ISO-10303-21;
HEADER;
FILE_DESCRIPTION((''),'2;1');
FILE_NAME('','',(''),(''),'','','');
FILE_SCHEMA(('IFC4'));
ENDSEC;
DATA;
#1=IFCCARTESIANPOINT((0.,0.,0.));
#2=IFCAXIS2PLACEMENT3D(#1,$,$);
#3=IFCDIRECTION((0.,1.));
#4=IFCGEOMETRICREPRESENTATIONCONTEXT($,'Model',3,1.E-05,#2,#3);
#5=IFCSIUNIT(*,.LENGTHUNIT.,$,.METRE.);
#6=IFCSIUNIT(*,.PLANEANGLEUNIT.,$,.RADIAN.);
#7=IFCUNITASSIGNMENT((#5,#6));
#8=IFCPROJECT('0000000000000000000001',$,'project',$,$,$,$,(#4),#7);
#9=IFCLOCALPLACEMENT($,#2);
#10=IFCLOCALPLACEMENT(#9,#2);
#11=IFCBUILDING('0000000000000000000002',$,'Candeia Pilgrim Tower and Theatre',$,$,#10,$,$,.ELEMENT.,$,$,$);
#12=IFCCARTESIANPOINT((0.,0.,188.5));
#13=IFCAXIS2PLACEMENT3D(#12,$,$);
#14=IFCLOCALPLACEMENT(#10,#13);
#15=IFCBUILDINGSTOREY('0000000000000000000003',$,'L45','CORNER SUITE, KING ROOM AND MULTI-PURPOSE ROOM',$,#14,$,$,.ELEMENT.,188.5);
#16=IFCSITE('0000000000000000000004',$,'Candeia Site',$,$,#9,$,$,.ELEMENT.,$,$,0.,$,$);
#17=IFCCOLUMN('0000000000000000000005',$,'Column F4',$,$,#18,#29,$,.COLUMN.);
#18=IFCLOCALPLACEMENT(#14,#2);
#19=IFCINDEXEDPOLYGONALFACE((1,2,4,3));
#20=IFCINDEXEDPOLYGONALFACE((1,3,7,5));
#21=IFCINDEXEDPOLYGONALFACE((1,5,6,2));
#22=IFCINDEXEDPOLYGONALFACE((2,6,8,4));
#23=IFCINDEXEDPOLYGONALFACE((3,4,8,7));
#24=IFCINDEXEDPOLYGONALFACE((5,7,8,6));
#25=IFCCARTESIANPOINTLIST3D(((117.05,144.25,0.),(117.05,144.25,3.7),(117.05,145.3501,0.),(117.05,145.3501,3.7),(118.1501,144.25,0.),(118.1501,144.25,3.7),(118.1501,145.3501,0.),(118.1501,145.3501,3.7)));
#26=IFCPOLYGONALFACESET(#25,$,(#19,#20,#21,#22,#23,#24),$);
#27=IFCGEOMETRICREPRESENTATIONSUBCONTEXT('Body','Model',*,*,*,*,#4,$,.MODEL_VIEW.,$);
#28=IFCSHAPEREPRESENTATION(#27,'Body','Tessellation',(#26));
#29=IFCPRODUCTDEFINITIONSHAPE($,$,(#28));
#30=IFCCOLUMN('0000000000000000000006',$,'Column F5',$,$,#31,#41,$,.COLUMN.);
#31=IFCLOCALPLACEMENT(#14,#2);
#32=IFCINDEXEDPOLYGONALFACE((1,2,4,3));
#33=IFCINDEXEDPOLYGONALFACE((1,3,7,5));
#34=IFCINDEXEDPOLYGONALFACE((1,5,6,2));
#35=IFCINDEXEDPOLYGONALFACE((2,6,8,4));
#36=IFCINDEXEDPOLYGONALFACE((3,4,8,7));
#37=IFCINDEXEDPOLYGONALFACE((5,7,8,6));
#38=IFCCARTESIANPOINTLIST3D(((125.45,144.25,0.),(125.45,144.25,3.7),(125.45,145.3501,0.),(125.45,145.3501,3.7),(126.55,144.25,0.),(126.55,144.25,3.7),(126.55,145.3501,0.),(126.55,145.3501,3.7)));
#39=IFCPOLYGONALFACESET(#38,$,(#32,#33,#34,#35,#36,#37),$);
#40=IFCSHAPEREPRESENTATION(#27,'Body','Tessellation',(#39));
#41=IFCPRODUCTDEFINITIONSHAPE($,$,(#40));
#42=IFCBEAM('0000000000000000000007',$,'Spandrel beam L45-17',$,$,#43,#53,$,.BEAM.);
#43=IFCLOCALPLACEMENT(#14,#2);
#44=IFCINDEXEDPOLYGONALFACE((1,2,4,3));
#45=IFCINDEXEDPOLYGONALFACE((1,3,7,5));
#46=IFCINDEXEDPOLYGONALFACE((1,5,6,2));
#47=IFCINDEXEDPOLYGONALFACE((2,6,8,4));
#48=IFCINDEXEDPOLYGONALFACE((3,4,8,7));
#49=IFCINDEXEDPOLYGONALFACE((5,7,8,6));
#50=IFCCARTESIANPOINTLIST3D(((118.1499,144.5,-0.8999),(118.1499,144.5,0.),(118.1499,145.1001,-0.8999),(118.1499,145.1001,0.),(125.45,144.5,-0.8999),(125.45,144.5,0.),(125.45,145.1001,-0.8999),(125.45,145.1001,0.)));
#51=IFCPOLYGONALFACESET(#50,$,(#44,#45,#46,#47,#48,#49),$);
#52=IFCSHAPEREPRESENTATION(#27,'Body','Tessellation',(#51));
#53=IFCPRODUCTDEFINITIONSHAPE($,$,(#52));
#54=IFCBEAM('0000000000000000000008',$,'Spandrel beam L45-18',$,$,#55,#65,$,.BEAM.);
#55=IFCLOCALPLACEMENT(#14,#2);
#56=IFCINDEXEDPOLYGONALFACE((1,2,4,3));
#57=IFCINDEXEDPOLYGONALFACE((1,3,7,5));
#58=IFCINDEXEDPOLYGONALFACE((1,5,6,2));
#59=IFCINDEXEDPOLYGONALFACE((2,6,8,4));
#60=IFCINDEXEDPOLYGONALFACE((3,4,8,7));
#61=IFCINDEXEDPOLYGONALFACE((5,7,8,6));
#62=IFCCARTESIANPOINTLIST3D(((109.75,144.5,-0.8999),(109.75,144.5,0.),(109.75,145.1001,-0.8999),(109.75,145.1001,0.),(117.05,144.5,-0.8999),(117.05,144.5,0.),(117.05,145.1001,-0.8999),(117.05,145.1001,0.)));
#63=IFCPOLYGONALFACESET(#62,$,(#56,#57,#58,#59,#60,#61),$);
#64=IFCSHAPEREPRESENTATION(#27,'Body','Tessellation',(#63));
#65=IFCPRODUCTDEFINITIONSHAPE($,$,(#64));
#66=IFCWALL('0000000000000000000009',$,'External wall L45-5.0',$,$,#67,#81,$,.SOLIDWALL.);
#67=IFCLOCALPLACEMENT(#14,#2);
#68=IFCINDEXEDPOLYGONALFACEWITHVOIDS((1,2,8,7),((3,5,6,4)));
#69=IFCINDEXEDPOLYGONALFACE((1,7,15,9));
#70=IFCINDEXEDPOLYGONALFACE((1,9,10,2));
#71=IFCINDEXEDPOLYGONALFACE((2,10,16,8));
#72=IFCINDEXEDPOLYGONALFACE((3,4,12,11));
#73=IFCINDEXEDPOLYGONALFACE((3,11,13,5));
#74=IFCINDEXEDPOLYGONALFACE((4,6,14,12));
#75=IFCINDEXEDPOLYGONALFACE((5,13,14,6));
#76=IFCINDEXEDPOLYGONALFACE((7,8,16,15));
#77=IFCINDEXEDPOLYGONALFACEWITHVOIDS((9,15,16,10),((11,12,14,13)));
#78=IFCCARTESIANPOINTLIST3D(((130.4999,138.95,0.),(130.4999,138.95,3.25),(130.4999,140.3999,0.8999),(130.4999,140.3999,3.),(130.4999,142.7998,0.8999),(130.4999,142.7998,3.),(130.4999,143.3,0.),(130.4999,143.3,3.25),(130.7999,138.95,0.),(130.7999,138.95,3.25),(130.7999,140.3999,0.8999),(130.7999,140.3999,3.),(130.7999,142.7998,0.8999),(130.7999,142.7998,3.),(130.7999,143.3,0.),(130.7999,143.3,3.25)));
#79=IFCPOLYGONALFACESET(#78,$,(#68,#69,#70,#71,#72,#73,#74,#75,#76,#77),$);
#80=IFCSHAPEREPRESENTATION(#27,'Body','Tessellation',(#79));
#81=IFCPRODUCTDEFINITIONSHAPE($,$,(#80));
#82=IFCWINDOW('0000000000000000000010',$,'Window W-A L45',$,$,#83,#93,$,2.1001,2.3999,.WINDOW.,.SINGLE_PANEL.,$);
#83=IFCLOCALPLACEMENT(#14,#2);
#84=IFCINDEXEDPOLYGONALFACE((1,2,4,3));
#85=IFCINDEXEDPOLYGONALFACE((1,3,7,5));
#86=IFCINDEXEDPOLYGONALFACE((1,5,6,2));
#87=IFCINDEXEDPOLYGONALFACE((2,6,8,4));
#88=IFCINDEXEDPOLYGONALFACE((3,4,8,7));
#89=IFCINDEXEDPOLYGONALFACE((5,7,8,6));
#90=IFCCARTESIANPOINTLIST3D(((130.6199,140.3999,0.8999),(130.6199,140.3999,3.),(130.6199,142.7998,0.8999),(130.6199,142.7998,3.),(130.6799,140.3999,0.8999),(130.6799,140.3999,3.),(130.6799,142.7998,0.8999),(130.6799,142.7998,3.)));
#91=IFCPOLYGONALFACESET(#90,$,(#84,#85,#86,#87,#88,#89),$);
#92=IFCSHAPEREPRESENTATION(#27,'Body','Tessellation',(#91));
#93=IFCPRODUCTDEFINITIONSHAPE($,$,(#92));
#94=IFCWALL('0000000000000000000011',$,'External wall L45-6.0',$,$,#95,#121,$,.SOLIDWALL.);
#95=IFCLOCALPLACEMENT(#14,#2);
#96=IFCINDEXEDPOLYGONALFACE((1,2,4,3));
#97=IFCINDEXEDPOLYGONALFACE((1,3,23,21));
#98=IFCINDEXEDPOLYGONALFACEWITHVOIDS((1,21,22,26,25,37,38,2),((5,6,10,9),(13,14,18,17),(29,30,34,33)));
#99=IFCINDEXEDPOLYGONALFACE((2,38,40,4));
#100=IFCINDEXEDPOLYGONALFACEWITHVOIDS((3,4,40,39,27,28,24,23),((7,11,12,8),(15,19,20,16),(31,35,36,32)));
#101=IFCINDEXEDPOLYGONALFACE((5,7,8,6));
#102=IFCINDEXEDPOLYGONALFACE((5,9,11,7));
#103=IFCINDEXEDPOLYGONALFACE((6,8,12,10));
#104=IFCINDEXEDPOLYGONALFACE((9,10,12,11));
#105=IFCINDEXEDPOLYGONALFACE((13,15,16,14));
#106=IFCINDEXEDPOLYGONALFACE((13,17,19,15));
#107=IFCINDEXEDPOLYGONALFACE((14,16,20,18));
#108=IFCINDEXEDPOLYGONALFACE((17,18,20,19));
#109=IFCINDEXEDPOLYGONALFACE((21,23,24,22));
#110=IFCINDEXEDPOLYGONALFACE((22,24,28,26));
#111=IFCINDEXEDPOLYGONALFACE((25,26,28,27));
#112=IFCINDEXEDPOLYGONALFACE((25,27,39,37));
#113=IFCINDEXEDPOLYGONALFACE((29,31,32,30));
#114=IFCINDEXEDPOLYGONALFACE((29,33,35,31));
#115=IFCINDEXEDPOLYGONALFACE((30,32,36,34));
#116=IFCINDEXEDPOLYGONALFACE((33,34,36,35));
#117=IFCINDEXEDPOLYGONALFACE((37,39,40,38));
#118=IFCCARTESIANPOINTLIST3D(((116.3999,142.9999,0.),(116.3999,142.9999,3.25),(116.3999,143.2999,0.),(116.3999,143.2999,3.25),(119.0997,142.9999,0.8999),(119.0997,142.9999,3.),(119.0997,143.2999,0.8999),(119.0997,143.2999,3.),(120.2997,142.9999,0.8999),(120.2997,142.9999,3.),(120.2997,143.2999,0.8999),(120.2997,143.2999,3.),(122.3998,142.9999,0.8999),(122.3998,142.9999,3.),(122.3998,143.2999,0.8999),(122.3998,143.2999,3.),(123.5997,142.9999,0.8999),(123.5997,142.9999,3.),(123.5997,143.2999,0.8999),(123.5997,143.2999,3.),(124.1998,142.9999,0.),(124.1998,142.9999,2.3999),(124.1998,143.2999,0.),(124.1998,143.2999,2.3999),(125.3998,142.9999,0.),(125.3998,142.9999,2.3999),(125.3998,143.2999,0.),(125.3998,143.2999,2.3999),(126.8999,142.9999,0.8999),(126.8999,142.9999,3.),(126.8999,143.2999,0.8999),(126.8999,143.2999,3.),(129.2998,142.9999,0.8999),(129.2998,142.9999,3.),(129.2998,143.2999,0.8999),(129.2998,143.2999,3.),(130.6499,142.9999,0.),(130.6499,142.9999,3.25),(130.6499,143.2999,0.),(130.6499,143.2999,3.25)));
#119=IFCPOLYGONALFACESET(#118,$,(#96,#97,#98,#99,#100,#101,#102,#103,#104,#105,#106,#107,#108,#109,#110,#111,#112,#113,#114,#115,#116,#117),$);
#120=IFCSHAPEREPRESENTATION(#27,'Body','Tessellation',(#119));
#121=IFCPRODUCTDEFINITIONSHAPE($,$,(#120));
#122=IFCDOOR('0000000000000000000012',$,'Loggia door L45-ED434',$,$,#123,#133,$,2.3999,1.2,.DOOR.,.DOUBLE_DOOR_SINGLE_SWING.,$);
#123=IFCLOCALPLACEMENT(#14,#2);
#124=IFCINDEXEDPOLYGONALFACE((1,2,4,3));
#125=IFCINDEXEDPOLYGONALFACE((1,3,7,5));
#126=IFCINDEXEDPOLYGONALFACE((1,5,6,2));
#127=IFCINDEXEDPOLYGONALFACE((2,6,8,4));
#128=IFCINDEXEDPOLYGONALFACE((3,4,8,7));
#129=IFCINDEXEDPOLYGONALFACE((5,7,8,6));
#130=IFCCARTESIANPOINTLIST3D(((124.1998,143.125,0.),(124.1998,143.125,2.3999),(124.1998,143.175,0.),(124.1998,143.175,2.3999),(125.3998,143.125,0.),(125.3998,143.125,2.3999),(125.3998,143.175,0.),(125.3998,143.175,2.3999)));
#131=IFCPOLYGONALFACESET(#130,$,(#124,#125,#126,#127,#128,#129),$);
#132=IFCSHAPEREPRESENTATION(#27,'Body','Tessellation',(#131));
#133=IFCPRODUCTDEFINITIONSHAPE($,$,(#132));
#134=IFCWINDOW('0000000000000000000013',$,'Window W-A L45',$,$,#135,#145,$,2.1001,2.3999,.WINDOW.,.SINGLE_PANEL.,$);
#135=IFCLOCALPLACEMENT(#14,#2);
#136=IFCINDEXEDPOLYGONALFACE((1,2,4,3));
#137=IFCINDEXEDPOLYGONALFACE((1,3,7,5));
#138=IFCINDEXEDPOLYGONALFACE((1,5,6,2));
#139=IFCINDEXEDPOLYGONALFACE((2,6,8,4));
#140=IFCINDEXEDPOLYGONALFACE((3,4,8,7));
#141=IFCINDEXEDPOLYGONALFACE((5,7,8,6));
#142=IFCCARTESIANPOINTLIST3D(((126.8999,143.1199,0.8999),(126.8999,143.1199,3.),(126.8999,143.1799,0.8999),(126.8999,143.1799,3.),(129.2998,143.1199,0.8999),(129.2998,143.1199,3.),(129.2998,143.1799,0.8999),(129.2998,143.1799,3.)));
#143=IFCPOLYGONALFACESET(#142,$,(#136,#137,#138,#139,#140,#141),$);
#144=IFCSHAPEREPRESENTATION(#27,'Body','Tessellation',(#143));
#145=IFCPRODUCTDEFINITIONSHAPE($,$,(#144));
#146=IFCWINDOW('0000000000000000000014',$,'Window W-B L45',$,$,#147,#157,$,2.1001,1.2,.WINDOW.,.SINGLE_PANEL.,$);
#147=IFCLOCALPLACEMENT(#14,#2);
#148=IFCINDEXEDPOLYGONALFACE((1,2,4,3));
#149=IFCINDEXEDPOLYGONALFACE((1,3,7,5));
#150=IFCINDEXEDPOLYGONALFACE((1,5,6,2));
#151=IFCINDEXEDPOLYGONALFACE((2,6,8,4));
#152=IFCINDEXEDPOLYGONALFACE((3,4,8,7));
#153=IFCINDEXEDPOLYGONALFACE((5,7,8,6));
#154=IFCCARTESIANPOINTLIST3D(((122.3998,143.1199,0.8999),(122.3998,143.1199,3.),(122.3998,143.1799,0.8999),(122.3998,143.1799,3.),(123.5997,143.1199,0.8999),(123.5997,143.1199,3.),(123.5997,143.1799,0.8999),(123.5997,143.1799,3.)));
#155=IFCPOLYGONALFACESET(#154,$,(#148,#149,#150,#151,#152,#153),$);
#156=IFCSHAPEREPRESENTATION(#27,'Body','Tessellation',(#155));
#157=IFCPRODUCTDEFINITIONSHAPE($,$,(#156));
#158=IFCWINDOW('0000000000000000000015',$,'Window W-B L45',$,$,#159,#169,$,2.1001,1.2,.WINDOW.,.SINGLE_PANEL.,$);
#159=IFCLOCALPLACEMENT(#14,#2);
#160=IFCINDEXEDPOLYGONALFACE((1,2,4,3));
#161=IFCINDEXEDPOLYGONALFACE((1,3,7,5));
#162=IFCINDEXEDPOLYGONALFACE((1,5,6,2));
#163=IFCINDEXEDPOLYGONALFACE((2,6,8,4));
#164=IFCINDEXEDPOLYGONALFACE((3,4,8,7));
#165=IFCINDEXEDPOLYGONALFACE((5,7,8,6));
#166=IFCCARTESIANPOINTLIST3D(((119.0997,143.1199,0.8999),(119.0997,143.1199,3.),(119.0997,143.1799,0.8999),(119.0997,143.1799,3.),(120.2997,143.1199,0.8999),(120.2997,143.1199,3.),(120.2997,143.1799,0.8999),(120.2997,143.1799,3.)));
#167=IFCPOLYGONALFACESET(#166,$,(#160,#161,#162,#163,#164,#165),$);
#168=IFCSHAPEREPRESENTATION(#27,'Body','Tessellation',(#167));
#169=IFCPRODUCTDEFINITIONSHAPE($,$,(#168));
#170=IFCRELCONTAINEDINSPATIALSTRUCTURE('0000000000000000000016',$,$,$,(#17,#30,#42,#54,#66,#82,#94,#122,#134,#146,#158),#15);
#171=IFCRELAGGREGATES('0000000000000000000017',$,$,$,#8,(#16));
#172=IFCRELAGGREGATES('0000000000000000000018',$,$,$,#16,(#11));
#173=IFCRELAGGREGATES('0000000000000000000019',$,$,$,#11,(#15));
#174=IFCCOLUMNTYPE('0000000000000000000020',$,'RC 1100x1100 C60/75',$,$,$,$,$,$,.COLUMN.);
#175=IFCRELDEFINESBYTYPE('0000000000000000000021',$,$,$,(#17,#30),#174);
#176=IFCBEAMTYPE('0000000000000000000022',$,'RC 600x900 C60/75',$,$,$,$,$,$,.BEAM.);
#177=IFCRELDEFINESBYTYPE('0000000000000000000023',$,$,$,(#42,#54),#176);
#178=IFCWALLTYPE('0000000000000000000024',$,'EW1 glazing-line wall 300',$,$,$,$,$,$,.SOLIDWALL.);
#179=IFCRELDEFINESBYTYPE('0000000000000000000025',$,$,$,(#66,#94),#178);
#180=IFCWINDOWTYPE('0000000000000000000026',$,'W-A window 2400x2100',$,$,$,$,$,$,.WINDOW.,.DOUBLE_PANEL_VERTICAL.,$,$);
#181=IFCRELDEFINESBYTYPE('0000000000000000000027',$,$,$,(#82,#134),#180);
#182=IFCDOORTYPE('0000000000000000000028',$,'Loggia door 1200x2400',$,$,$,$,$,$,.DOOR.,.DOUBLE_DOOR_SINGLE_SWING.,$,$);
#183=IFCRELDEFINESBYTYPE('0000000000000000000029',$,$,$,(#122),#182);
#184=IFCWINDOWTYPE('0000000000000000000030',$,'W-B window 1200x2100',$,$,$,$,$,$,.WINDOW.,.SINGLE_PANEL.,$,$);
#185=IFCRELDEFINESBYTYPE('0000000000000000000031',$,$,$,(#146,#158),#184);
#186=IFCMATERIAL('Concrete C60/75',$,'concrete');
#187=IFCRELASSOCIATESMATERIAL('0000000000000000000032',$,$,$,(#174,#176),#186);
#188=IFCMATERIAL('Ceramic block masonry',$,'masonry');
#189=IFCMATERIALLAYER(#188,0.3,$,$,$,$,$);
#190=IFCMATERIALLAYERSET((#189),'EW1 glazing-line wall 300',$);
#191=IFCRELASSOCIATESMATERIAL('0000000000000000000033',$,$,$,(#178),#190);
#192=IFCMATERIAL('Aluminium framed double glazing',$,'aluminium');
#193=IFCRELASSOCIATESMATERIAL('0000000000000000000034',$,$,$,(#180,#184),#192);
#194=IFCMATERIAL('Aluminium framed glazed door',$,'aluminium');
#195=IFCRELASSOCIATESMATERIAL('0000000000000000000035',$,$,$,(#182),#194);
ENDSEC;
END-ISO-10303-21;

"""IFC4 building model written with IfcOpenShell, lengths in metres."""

from ifc_helpers import new_model, si_unit, direction, frame, frame_2d, origin, origin_2d, place, context, subcontext, project, spatial, rectangle, extrude, material, layer, layer_set, material_profile, profile_set, type_object, element, fill, save


model = new_model("IFC4")

# Units and contexts
model_context = context("Model", 3, precision=1e-05, world=origin(), true_north=direction((0.0, 1.0)))
body_context = subcontext(model_context, "Body", "Model", "MODEL_VIEW")
ifc_project = project(units=[si_unit("LENGTHUNIT", "METRE"), si_unit("PLANEANGLEUNIT", "RADIAN")], contexts=[model_context])

# Site, building, storey
site_placement = place(None, origin())
site = spatial("IfcSite", under=ifc_project, at=site_placement, Name="Candeia Site", CompositionType="ELEMENT", RefElevation=0.0)
building_placement = place(site_placement, origin())
building = spatial("IfcBuilding", under=site, at=building_placement, Name="Candeia Pilgrim Tower and Theatre", CompositionType="ELEMENT")
storey_placement = place(building_placement, frame((0.0, 0.0, 188.5)))
storey = spatial("IfcBuildingStorey", under=building, at=storey_placement, Name="L45", Description="CORNER SUITE, KING ROOM AND MULTI-PURPOSE ROOM", CompositionType="ELEMENT", Elevation=188.5)

# Columns
ifc_material_1 = material(Name="Concrete C60/75", Category="concrete")
ifc_material_profile_1 = material_profile(ifc_material_1, rectangle(XDim=1.1001, YDim=1.1001, at=origin_2d()))
ifc_profile_set_1 = profile_set([ifc_material_profile_1], Name="Concrete C60/75")
column_type = type_object("IfcColumnType", Name="RC 1100x1100 C60/75", PredefinedType="COLUMN", material=ifc_profile_set_1)
for number, where, z_axis, x_axis, name in (
    (1, (117.6001, 144.8, 0.0), (0.0, 0.0, 1.0), (1.0, 0.0, 0.0), "Column F4"),
    (2, (126.0, 144.8, 0.0), (0.0, 0.0, 1.0), (1.0, 0.0, 0.0), "Column F5"),
):
    element("IfcColumn", number, at=place(storey_placement, frame(where, z_axis=z_axis, x_axis=x_axis)), inside=storey, type_object=column_type, Name=name, PredefinedType="COLUMN", context=body_context, shape_type="SweptSolid", body=[
        extrude(rectangle(XDim=1.1001, YDim=1.1001, at=origin_2d()), origin(), (0.0, 0.0, 1.0), 3.7),
    ])

# Beams
ifc_material_profile_2 = material_profile(ifc_material_1, rectangle(XDim=0.6001, YDim=0.8999, at=origin_2d()))
ifc_profile_set_2 = profile_set([ifc_material_profile_2], Name="Concrete C60/75")
beam_type = type_object("IfcBeamType", Name="RC 600x900 C60/75", PredefinedType="BEAM", material=ifc_profile_set_2)
for number, where, z_axis, x_axis, name in (
    (3, (125.45, 144.8, -0.45), (-1.0, 0.0, 0.0), (0.0, -1.0, 0.0), "Spandrel beam L45-17"),
    (4, (117.05, 144.8, -0.45), (-1.0, 0.0, 0.0), (0.0, -1.0, 0.0), "Spandrel beam L45-18"),
):
    element("IfcBeam", number, at=place(storey_placement, frame(where, z_axis=z_axis, x_axis=x_axis)), inside=storey, type_object=beam_type, Name=name, PredefinedType="BEAM", context=body_context, shape_type="SweptSolid", body=[
        extrude(rectangle(XDim=0.6001, YDim=0.8999, at=origin_2d()), origin(), (0.0, 0.0, 1.0), 7.3),
    ])

# Wall, opening, window
ifc_material_2 = material(Name="Ceramic block masonry", Category="masonry")
ifc_layer_1 = layer(ifc_material_2, 0.3)
ifc_layer_set_1 = layer_set([ifc_layer_1], Name="EW1 glazing-line wall 300")
wall_type_1 = type_object("IfcWallType", Name="EW1 glazing-line wall 300", PredefinedType="SOLIDWALL", material=ifc_layer_set_1)
wall_1_placement = place(storey_placement, frame((130.6499, 138.95, 0.0), z_axis=(0.0, 0.0, 1.0), x_axis=(0.0, 1.0, 0.0)))
wall_1 = element("IfcWall", 5, at=wall_1_placement, inside=storey, type_object=wall_type_1, Name="External wall L45-5.0", PredefinedType="SOLIDWALL", context=body_context, shape_type="SweptSolid", body=[
    extrude(rectangle(XDim=4.3501, YDim=0.3, at=frame_2d((2.175, 0.0))), origin(), (0.0, 0.0, 1.0), 3.25),
])
opening_1_placement = place(wall_1_placement, frame((1.45, 0.0, 0.8999)))
opening_1 = element("IfcOpeningElement", 6, at=opening_1_placement, cuts=wall_1, PredefinedType="OPENING", context=body_context, shape_type="SweptSolid", body=[
    extrude(rectangle(XDim=2.3999, YDim=2.1001, at=frame_2d((1.2, 1.05))), frame((0.0, 0.1602, 0.0), z_axis=(0.0, -1.0, 0.0), x_axis=(1.0, 0.0, 0.0)), (0.0, 0.0, 1.0), 0.3201),
])
ifc_material_3 = material(Name="Aluminium framed double glazing", Category="aluminium")
window_type_1 = type_object("IfcWindowType", Name="W-A window 2400x2100", PartitioningType="DOUBLE_PANEL_VERTICAL", PredefinedType="WINDOW", material=ifc_material_3)
window_1_placement = place(opening_1_placement, origin())
window_1 = element("IfcWindow", 7, at=window_1_placement, inside=storey, type_object=window_type_1, Name="Window W-A L45", OverallHeight=2.1001, OverallWidth=2.3999, PartitioningType="SINGLE_PANEL", PredefinedType="WINDOW", context=body_context, shape_type="SweptSolid", body=[
    extrude(rectangle(XDim=2.3999, YDim=2.1001, at=frame_2d((1.2, 1.05))), frame((0.0, 0.03, 0.0), z_axis=(0.0, -1.0, 0.0), x_axis=(1.0, 0.0, 0.0)), (0.0, 0.0, 1.0), 0.0601),
])
fill(opening_1, window_1)

# Wall, openings, door, windows
wall_2_placement = place(storey_placement, frame((130.6499, 143.1499, 0.0), z_axis=(0.0, 0.0, 1.0), x_axis=(-1.0, 0.0, 0.0)))
wall_2 = element("IfcWall", 8, at=wall_2_placement, inside=storey, type_object=wall_type_1, Name="External wall L45-6.0", PredefinedType="SOLIDWALL", context=body_context, shape_type="SweptSolid", body=[
    extrude(rectangle(XDim=14.25, YDim=0.3, at=frame_2d((7.125, 0.0))), origin(), (0.0, 0.0, 1.0), 3.25),
])
opening_2_placement = place(wall_2_placement, frame((1.3501, 0.0, 0.8999)))
opening_2 = element("IfcOpeningElement", 9, at=opening_2_placement, cuts=wall_2, PredefinedType="OPENING", context=body_context, shape_type="SweptSolid", body=[
    extrude(rectangle(XDim=2.3999, YDim=2.1001, at=frame_2d((1.2, 1.05))), frame((0.0, 0.1602, 0.0), z_axis=(0.0, -1.0, 0.0), x_axis=(1.0, 0.0, 0.0)), (0.0, 0.0, 1.0), 0.3201),
])
opening_3_placement = place(wall_2_placement, frame((5.25, 0.0, 0.0)))
opening_3 = element("IfcOpeningElement", 10, at=opening_3_placement, cuts=wall_2, PredefinedType="OPENING", context=body_context, shape_type="SweptSolid", body=[
    extrude(rectangle(XDim=1.2, YDim=2.3999, at=frame_2d((0.6001, 1.2))), frame((0.0, 0.1602, 0.0), z_axis=(0.0, -1.0, 0.0), x_axis=(1.0, 0.0, 0.0)), (0.0, 0.0, 1.0), 0.3201),
])
opening_4_placement = place(wall_2_placement, frame((7.05, 0.0, 0.8999)))
opening_4 = element("IfcOpeningElement", 11, at=opening_4_placement, cuts=wall_2, PredefinedType="OPENING", context=body_context, shape_type="SweptSolid", body=[
    extrude(rectangle(XDim=1.2, YDim=2.1001, at=frame_2d((0.6001, 1.05))), frame((0.0, 0.1602, 0.0), z_axis=(0.0, -1.0, 0.0), x_axis=(1.0, 0.0, 0.0)), (0.0, 0.0, 1.0), 0.3201),
])
opening_5_placement = place(wall_2_placement, frame((10.3501, 0.0, 0.8999)))
opening_5 = element("IfcOpeningElement", 12, at=opening_5_placement, cuts=wall_2, PredefinedType="OPENING", context=body_context, shape_type="SweptSolid", body=[
    extrude(rectangle(XDim=1.2, YDim=2.1001, at=frame_2d((0.6001, 1.05))), frame((0.0, 0.1602, 0.0), z_axis=(0.0, -1.0, 0.0), x_axis=(1.0, 0.0, 0.0)), (0.0, 0.0, 1.0), 0.3201),
])
ifc_material_4 = material(Name="Aluminium framed glazed door", Category="aluminium")
door_type = type_object("IfcDoorType", Name="Loggia door 1200x2400", OperationType="DOUBLE_DOOR_SINGLE_SWING", PredefinedType="DOOR", material=ifc_material_4)
door_1_placement = place(opening_3_placement, origin())
door_1 = element("IfcDoor", 13, at=door_1_placement, inside=storey, type_object=door_type, Name="Loggia door L45-ED434", OperationType="DOUBLE_DOOR_SINGLE_SWING", OverallHeight=2.3999, OverallWidth=1.2, PredefinedType="DOOR", context=body_context, shape_type="SweptSolid", body=[
    extrude(rectangle(XDim=1.2, YDim=2.3999, at=frame_2d((0.6001, 1.2))), frame((0.0, 0.0249, 0.0), z_axis=(0.0, -1.0, 0.0), x_axis=(1.0, 0.0, 0.0)), (0.0, 0.0, 1.0), 0.05),
])
fill(opening_3, door_1)
window_2_placement = place(opening_2_placement, origin())
window_2 = element("IfcWindow", 14, at=window_2_placement, inside=storey, type_object=window_type_1, Name="Window W-A L45", OverallHeight=2.1001, OverallWidth=2.3999, PartitioningType="SINGLE_PANEL", PredefinedType="WINDOW", context=body_context, shape_type="SweptSolid", body=[
    extrude(rectangle(XDim=2.3999, YDim=2.1001, at=frame_2d((1.2, 1.05))), frame((0.0, 0.03, 0.0), z_axis=(0.0, -1.0, 0.0), x_axis=(1.0, 0.0, 0.0)), (0.0, 0.0, 1.0), 0.0601),
])
fill(opening_2, window_2)
window_type_2 = type_object("IfcWindowType", Name="W-B window 1200x2100", PartitioningType="SINGLE_PANEL", PredefinedType="WINDOW", material=ifc_material_3)
window_3_placement = place(opening_4_placement, origin())
window_3 = element("IfcWindow", 15, at=window_3_placement, inside=storey, type_object=window_type_2, Name="Window W-B L45", OverallHeight=2.1001, OverallWidth=1.2, PartitioningType="SINGLE_PANEL", PredefinedType="WINDOW", context=body_context, shape_type="SweptSolid", body=[
    extrude(rectangle(XDim=1.2, YDim=2.1001, at=frame_2d((0.6001, 1.05))), frame((0.0, 0.03, 0.0), z_axis=(0.0, -1.0, 0.0), x_axis=(1.0, 0.0, 0.0)), (0.0, 0.0, 1.0), 0.0601),
])
fill(opening_4, window_3)
window_4_placement = place(opening_5_placement, origin())
window_4 = element("IfcWindow", 16, at=window_4_placement, inside=storey, type_object=window_type_2, Name="Window W-B L45", OverallHeight=2.1001, OverallWidth=1.2, PartitioningType="SINGLE_PANEL", PredefinedType="WINDOW", context=body_context, shape_type="SweptSolid", body=[
    extrude(rectangle(XDim=1.2, YDim=2.1001, at=frame_2d((0.6001, 1.05))), frame((0.0, 0.03, 0.0), z_axis=(0.0, -1.0, 0.0), x_axis=(1.0, 0.0, 0.0)), (0.0, 0.0, 1.0), 0.0601),
])
fill(opening_5, window_4)

save(model, "model.ifc")
